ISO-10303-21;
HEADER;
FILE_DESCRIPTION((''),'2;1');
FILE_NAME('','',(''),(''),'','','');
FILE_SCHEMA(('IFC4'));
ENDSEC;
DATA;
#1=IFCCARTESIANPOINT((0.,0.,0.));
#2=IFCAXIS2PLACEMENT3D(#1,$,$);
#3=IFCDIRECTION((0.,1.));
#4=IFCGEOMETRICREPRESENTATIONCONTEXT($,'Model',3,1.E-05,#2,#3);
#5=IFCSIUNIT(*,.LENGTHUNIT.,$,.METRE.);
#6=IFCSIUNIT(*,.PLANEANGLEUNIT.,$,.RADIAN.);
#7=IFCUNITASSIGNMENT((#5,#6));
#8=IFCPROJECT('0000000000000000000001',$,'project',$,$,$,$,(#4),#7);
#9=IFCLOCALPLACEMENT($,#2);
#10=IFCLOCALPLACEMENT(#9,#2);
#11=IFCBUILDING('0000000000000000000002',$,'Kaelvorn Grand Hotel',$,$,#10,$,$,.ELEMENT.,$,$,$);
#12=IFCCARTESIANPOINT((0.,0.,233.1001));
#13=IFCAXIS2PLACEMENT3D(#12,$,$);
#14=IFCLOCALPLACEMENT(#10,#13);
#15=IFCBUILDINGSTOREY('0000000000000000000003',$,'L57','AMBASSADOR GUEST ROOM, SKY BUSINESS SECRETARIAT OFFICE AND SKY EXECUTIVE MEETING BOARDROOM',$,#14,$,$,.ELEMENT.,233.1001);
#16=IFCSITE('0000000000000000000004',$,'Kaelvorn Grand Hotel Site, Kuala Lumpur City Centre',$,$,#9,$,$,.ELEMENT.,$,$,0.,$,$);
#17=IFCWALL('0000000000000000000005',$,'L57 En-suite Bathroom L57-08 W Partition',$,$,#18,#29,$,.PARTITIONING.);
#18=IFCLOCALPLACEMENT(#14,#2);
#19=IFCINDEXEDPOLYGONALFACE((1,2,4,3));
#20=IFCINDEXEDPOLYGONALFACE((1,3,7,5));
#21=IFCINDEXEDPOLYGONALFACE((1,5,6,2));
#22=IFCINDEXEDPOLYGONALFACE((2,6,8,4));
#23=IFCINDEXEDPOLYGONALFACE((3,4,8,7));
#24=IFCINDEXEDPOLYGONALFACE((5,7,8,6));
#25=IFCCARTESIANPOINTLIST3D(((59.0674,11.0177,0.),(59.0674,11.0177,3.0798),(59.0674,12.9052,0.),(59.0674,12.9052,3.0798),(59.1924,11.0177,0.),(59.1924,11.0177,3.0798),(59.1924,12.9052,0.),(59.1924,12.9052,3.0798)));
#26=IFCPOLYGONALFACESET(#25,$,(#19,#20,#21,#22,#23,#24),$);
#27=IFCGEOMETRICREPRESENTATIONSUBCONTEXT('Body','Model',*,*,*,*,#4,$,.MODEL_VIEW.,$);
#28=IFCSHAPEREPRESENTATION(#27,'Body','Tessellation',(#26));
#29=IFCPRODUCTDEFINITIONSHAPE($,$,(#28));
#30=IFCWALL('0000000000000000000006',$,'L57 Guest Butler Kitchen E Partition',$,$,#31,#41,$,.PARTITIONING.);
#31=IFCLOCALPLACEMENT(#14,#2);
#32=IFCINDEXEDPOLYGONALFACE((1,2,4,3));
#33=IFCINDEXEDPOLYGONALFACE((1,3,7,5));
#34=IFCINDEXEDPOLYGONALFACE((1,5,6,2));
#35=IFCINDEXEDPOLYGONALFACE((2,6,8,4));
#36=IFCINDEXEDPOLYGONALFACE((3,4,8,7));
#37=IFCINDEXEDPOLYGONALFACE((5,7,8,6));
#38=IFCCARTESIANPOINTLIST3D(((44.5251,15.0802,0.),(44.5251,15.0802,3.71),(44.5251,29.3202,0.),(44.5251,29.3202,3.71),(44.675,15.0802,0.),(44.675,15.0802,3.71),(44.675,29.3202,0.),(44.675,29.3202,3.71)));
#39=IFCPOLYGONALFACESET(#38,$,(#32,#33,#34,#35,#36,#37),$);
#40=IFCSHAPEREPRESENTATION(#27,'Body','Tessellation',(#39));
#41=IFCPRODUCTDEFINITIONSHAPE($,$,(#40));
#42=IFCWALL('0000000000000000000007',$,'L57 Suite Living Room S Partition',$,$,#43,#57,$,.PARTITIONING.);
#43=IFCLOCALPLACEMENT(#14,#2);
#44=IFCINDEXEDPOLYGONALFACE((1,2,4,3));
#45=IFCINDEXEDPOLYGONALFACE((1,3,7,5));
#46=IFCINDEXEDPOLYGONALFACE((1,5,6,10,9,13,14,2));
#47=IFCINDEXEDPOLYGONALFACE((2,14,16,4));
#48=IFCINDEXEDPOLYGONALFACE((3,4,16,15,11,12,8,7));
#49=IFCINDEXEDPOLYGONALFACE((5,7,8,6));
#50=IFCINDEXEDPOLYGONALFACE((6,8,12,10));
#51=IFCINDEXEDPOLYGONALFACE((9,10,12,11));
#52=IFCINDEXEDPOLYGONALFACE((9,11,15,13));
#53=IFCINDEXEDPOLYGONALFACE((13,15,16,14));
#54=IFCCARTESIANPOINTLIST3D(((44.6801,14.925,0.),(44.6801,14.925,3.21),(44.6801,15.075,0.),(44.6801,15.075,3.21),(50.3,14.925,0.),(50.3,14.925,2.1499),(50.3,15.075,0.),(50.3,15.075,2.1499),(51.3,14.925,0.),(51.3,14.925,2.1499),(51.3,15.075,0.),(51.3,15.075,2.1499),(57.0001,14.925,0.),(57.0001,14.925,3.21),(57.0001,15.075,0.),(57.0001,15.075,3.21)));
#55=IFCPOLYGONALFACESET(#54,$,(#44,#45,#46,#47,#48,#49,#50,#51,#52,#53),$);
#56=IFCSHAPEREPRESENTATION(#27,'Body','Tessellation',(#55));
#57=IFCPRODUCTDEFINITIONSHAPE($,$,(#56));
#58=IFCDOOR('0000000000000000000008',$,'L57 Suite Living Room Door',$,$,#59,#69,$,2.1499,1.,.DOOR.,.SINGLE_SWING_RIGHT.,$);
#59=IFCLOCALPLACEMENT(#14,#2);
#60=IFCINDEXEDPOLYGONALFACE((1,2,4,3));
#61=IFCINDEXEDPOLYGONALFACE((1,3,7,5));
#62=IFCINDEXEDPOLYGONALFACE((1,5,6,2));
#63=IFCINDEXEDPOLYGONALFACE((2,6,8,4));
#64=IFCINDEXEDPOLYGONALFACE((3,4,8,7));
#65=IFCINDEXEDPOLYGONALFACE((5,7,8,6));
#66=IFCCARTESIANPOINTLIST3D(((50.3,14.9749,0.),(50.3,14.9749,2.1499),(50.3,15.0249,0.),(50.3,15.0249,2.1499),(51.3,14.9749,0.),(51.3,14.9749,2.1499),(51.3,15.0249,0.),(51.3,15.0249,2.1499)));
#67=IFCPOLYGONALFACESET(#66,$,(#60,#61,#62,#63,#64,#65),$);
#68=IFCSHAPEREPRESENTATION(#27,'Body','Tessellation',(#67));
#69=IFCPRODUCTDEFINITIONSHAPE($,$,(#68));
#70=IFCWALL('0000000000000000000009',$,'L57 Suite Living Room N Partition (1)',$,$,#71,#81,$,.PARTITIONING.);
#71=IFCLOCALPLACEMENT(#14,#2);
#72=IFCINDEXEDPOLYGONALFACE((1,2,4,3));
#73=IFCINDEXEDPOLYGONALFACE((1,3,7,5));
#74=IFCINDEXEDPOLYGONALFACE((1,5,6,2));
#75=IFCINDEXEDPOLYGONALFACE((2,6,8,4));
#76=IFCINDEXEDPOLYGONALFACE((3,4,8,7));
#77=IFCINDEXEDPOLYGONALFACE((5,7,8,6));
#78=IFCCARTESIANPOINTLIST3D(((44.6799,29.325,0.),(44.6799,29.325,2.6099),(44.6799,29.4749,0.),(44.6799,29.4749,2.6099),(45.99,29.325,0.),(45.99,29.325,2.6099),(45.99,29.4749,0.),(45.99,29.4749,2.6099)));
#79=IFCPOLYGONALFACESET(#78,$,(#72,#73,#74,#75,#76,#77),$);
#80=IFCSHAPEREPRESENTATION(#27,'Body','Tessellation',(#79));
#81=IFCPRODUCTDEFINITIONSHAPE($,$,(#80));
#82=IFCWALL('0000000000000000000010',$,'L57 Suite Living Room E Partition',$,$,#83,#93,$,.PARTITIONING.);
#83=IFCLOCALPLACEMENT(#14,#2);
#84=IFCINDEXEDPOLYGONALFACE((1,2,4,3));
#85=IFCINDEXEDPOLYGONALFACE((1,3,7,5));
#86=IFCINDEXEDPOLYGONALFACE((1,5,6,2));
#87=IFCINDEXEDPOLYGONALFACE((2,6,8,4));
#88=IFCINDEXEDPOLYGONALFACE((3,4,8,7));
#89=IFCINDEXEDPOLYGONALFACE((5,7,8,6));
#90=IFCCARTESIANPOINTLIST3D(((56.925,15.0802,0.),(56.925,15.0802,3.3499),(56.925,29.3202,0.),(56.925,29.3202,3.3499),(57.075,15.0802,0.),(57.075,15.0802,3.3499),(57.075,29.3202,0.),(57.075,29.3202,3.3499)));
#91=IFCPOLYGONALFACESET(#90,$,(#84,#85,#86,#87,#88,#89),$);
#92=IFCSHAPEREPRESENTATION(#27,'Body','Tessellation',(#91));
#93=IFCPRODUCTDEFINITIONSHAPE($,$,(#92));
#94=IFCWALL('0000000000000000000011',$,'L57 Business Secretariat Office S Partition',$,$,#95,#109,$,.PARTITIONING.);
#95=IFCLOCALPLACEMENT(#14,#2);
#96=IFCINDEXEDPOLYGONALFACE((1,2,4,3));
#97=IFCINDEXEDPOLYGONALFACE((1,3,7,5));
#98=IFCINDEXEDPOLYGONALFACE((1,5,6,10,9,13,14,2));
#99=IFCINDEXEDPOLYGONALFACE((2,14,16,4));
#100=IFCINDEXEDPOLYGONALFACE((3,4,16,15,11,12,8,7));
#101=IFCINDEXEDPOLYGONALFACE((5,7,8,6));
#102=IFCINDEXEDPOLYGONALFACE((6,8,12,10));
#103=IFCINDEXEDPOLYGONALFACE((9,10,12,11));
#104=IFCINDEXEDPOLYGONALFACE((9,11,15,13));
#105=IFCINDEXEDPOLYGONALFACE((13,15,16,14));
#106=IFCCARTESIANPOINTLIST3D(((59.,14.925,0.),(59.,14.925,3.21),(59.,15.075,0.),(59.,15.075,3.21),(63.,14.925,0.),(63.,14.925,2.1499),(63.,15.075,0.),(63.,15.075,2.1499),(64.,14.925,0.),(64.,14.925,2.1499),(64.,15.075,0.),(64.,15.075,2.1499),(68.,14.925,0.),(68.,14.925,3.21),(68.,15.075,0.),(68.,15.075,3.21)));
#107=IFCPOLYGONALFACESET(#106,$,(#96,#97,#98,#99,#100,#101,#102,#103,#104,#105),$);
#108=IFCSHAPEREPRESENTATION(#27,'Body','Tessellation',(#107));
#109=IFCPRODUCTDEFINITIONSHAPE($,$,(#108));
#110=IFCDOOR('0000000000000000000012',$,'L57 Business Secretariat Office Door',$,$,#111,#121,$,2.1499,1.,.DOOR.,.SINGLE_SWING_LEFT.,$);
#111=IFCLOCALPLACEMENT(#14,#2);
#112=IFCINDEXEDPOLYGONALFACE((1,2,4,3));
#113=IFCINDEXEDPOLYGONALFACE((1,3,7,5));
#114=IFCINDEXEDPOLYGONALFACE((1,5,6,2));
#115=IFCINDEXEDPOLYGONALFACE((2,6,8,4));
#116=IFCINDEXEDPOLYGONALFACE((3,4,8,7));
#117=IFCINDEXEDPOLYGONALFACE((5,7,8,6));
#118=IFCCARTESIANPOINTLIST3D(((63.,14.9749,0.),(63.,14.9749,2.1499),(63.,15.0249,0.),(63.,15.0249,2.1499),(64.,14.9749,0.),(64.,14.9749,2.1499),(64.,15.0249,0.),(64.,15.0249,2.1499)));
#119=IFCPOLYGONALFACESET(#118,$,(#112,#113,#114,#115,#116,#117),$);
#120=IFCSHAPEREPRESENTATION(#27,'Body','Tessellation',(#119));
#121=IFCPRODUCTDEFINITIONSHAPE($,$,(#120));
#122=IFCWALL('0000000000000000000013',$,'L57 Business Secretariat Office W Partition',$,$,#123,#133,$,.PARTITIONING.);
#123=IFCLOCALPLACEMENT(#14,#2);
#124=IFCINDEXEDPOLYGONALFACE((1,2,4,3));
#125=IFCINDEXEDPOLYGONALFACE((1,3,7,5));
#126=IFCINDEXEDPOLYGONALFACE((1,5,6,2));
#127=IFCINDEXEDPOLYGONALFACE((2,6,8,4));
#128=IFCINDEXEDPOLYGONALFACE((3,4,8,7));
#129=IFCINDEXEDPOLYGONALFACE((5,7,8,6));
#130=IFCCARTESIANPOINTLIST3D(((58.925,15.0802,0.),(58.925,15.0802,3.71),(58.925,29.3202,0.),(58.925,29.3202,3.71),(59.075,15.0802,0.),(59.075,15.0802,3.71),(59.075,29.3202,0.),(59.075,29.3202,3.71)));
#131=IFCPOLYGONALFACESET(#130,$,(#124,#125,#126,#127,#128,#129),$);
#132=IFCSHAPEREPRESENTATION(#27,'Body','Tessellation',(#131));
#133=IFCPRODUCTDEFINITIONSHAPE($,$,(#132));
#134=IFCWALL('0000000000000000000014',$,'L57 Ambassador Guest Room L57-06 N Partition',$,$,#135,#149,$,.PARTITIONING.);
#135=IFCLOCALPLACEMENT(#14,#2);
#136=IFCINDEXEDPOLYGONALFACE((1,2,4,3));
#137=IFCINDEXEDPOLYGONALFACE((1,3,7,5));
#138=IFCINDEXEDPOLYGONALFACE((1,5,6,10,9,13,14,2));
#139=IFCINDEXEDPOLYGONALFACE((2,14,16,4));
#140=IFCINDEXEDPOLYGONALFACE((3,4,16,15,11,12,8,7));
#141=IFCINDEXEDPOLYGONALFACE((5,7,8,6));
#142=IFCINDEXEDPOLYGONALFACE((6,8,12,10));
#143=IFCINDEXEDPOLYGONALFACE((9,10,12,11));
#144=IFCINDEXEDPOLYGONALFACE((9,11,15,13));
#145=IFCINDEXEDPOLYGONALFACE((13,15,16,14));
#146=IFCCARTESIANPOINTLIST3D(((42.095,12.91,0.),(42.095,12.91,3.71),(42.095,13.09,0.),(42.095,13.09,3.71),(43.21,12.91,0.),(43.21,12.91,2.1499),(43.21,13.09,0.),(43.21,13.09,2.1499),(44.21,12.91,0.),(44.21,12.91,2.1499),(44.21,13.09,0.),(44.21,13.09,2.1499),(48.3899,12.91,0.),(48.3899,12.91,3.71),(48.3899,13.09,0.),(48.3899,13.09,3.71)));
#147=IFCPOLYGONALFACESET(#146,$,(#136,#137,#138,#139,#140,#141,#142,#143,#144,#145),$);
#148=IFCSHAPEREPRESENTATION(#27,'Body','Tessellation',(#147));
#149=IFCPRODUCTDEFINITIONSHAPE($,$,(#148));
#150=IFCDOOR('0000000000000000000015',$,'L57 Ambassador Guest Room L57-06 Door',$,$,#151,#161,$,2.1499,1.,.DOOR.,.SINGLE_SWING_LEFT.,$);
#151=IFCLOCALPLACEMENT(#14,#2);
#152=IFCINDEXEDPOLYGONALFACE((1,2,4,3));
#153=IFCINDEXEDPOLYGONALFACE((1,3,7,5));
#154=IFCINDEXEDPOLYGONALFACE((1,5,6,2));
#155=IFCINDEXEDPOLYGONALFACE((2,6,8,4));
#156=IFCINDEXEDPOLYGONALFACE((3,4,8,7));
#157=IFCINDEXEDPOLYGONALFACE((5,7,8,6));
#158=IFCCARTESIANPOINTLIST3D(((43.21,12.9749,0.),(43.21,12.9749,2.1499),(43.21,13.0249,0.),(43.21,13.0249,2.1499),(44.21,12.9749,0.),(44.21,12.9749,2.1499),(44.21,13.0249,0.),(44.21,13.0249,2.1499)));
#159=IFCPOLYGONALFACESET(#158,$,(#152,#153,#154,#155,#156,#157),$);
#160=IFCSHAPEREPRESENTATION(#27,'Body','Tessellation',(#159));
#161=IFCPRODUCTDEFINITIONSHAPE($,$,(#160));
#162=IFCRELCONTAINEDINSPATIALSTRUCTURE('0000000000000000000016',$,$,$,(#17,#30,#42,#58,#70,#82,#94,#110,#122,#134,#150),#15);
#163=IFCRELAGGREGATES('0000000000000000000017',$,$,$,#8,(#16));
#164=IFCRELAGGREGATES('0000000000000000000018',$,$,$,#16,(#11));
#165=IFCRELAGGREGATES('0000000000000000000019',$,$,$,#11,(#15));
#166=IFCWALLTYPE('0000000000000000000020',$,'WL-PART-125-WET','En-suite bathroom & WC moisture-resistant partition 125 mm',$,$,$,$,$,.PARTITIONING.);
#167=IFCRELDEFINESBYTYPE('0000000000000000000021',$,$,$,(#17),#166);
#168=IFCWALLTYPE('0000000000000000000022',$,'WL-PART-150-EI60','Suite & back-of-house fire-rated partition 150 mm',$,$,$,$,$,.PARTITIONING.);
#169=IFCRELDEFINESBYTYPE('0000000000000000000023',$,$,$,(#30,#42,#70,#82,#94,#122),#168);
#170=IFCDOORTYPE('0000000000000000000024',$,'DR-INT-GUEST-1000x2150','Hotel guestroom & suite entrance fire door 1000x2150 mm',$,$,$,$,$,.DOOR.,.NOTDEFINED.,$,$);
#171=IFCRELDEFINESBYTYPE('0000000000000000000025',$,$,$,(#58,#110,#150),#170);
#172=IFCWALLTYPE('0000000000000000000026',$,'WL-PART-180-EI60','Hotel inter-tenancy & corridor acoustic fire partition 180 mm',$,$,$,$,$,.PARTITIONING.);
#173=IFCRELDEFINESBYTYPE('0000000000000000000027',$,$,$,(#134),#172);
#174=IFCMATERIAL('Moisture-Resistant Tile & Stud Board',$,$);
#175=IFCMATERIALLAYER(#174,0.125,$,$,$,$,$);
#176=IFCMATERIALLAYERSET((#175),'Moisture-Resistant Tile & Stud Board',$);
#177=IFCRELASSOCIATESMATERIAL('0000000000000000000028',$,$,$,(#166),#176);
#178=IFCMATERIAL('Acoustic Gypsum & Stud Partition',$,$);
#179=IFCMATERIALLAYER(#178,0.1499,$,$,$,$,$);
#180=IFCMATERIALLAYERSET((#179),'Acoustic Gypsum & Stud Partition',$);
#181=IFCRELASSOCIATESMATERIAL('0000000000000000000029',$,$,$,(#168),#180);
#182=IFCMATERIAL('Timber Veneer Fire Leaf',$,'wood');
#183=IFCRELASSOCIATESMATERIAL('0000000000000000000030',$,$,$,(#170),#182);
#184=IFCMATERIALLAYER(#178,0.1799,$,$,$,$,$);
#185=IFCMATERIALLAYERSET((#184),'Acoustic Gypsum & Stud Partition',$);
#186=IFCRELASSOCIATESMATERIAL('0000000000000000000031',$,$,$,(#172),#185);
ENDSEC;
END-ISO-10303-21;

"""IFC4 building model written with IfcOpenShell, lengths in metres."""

from ifc_helpers import new_model, si_unit, direction, frame, frame_2d, origin, place, context, subcontext, project, spatial, rectangle, extrude, material, layer, layer_set, type_object, element, fill, save


model = new_model("IFC4")

# Units and contexts
model_context = context("Model", 3, precision=1e-05, world=origin(), true_north=direction((0.0, 1.0)))
body_context = subcontext(model_context, "Body", "Model", "MODEL_VIEW")
ifc_project = project(units=[si_unit("LENGTHUNIT", "METRE"), si_unit("PLANEANGLEUNIT", "RADIAN")], contexts=[model_context])

# Site, building, storey
site_placement = place(None, origin())
site = spatial("IfcSite", under=ifc_project, at=site_placement, Name="Kaelvorn Grand Hotel Site, Kuala Lumpur City Centre", CompositionType="ELEMENT", RefElevation=0.0)
building_placement = place(site_placement, origin())
building = spatial("IfcBuilding", under=site, at=building_placement, Name="Kaelvorn Grand Hotel", CompositionType="ELEMENT")
storey_placement = place(building_placement, frame((0.0, 0.0, 233.1001)))
storey = spatial("IfcBuildingStorey", under=building, at=storey_placement, Name="L57", Description="AMBASSADOR GUEST ROOM, SKY BUSINESS SECRETARIAT OFFICE AND SKY EXECUTIVE MEETING BOARDROOM", CompositionType="ELEMENT", Elevation=233.1001)

# Walls
ifc_material_1 = material(Name="Moisture-Resistant Tile & Stud Board")
ifc_layer_1 = layer(ifc_material_1, 0.125)
ifc_layer_set_1 = layer_set([ifc_layer_1], Name="Moisture-Resistant Tile & Stud Board")
wall_type_1 = type_object("IfcWallType", Name="WL-PART-125-WET", Description="En-suite bathroom & WC moisture-resistant partition 125 mm", PredefinedType="PARTITIONING", material=ifc_layer_set_1)
wall_1_placement = place(storey_placement, frame((59.1299, 11.0176, 0.0), z_axis=(0.0, 0.0, 1.0), x_axis=(0.0, 1.0, 0.0)))
element("IfcWall", 1, at=wall_1_placement, inside=storey, type_object=wall_type_1, Name="L57 En-suite Bathroom L57-08 W Partition", PredefinedType="PARTITIONING", context=body_context, shape_type="SweptSolid", body=[
    extrude(rectangle(XDim=1.8875, YDim=0.125, at=frame_2d((0.9438, 0.0))), origin(), (0.0, 0.0, 1.0), 3.0798),
])
ifc_material_2 = material(Name="Acoustic Gypsum & Stud Partition")
ifc_layer_2 = layer(ifc_material_2, 0.1499)
ifc_layer_set_2 = layer_set([ifc_layer_2], Name="Acoustic Gypsum & Stud Partition")
wall_type_2 = type_object("IfcWallType", Name="WL-PART-150-EI60", Description="Suite & back-of-house fire-rated partition 150 mm", PredefinedType="PARTITIONING", material=ifc_layer_set_2)
wall_2_placement = place(storey_placement, frame((44.6001, 15.0801, 0.0), z_axis=(0.0, 0.0, 1.0), x_axis=(0.0, 1.0, 0.0)))
element("IfcWall", 2, at=wall_2_placement, inside=storey, type_object=wall_type_2, Name="L57 Guest Butler Kitchen E Partition", PredefinedType="PARTITIONING", context=body_context, shape_type="SweptSolid", body=[
    extrude(rectangle(XDim=14.24, YDim=0.1499, at=frame_2d((7.1201, 0.0))), origin(), (0.0, 0.0, 1.0), 3.71),
])

# Wall, opening, door
wall_3_placement = place(storey_placement, frame((44.6799, 15.0, 0.0), z_axis=(0.0, 0.0, 1.0), x_axis=(1.0, 0.0, 0.0)))
wall_3 = element("IfcWall", 3, at=wall_3_placement, inside=storey, type_object=wall_type_2, Name="L57 Suite Living Room S Partition", PredefinedType="PARTITIONING", context=body_context, shape_type="SweptSolid", body=[
    extrude(rectangle(XDim=12.3201, YDim=0.1499, at=frame_2d((6.1602, 0.0))), origin(), (0.0, 0.0, 1.0), 3.21),
])
opening_1_placement = place(wall_3_placement, frame((5.6201, 0.0, 0.0)))
opening_1 = element("IfcOpeningElement", 4, at=opening_1_placement, cuts=wall_3, PredefinedType="OPENING", context=body_context, shape_type="SweptSolid", body=[
    extrude(rectangle(XDim=1.0, YDim=2.1499, at=frame_2d((0.5, 1.075))), frame((0.0, 0.085, 0.0), z_axis=(0.0, -1.0, 0.0), x_axis=(1.0, 0.0, 0.0)), (0.0, 0.0, 1.0), 0.1699),
])
ifc_material_3 = material(Name="Timber Veneer Fire Leaf", Category="wood")
door_type = type_object("IfcDoorType", Name="DR-INT-GUEST-1000x2150", Description="Hotel guestroom & suite entrance fire door 1000x2150 mm", OperationType="NOTDEFINED", PredefinedType="DOOR", material=ifc_material_3)
door_1_placement = place(opening_1_placement, origin())
door_1 = element("IfcDoor", 5, at=door_1_placement, inside=storey, type_object=door_type, Name="L57 Suite Living Room Door", OperationType="SINGLE_SWING_RIGHT", OverallHeight=2.1499, OverallWidth=1.0, PredefinedType="DOOR", context=body_context, shape_type="SweptSolid", body=[
    extrude(rectangle(XDim=1.0, YDim=2.1499, at=frame_2d((0.5, 1.075))), frame((0.0, 0.0249, 0.0), z_axis=(0.0, -1.0, 0.0), x_axis=(1.0, 0.0, 0.0)), (0.0, 0.0, 1.0), 0.05),
])
fill(opening_1, door_1)

# Walls
wall_4_placement = place(storey_placement, frame((44.6799, 29.3999, 0.0), z_axis=(0.0, 0.0, 1.0), x_axis=(1.0, 0.0, 0.0)))
element("IfcWall", 6, at=wall_4_placement, inside=storey, type_object=wall_type_2, Name="L57 Suite Living Room N Partition (1)", PredefinedType="PARTITIONING", context=body_context, shape_type="SweptSolid", body=[
    extrude(rectangle(XDim=1.3101, YDim=0.1499, at=frame_2d((0.655, 0.0))), origin(), (0.0, 0.0, 1.0), 2.6099),
])
wall_5_placement = place(storey_placement, frame((57.0, 15.0801, 0.0), z_axis=(0.0, 0.0, 1.0), x_axis=(0.0, 1.0, 0.0)))
element("IfcWall", 7, at=wall_5_placement, inside=storey, type_object=wall_type_2, Name="L57 Suite Living Room E Partition", PredefinedType="PARTITIONING", context=body_context, shape_type="SweptSolid", body=[
    extrude(rectangle(XDim=14.24, YDim=0.1499, at=frame_2d((7.1201, 0.0))), origin(), (0.0, 0.0, 1.0), 3.3499),
])

# Wall, opening, door
wall_6_placement = place(storey_placement, frame((59.0, 15.0, 0.0), z_axis=(0.0, 0.0, 1.0), x_axis=(1.0, 0.0, 0.0)))
wall_6 = element("IfcWall", 8, at=wall_6_placement, inside=storey, type_object=wall_type_2, Name="L57 Business Secretariat Office S Partition", PredefinedType="PARTITIONING", context=body_context, shape_type="SweptSolid", body=[
    extrude(rectangle(XDim=9.0, YDim=0.1499, at=frame_2d((4.5, 0.0))), origin(), (0.0, 0.0, 1.0), 3.21),
])
opening_2_placement = place(wall_6_placement, frame((4.0, 0.0, 0.0)))
opening_2 = element("IfcOpeningElement", 9, at=opening_2_placement, cuts=wall_6, PredefinedType="OPENING", context=body_context, shape_type="SweptSolid", body=[
    extrude(rectangle(XDim=1.0, YDim=2.1499, at=frame_2d((0.5, 1.075))), frame((0.0, 0.085, 0.0), z_axis=(0.0, -1.0, 0.0), x_axis=(1.0, 0.0, 0.0)), (0.0, 0.0, 1.0), 0.1699),
])
door_2_placement = place(opening_2_placement, origin())
door_2 = element("IfcDoor", 10, at=door_2_placement, inside=storey, type_object=door_type, Name="L57 Business Secretariat Office Door", OperationType="SINGLE_SWING_LEFT", OverallHeight=2.1499, OverallWidth=1.0, PredefinedType="DOOR", context=body_context, shape_type="SweptSolid", body=[
    extrude(rectangle(XDim=1.0, YDim=2.1499, at=frame_2d((0.5, 1.075))), frame((0.0, 0.0249, 0.0), z_axis=(0.0, -1.0, 0.0), x_axis=(1.0, 0.0, 0.0)), (0.0, 0.0, 1.0), 0.05),
])
fill(opening_2, door_2)

# Wall
wall_7_placement = place(storey_placement, frame((59.0, 15.0801, 0.0), z_axis=(0.0, 0.0, 1.0), x_axis=(0.0, 1.0, 0.0)))
element("IfcWall", 11, at=wall_7_placement, inside=storey, type_object=wall_type_2, Name="L57 Business Secretariat Office W Partition", PredefinedType="PARTITIONING", context=body_context, shape_type="SweptSolid", body=[
    extrude(rectangle(XDim=14.24, YDim=0.1499, at=frame_2d((7.1201, 0.0))), origin(), (0.0, 0.0, 1.0), 3.71),
])

# Wall, opening, door
ifc_layer_3 = layer(ifc_material_2, 0.1799)
ifc_layer_set_3 = layer_set([ifc_layer_3], Name="Acoustic Gypsum & Stud Partition")
wall_type_3 = type_object("IfcWallType", Name="WL-PART-180-EI60", Description="Hotel inter-tenancy & corridor acoustic fire partition 180 mm", PredefinedType="PARTITIONING", material=ifc_layer_set_3)
wall_8_placement = place(storey_placement, frame((42.095, 13.0, 0.0), z_axis=(0.0, 0.0, 1.0), x_axis=(1.0, 0.0, 0.0)))
wall_8 = element("IfcWall", 12, at=wall_8_placement, inside=storey, type_object=wall_type_3, Name="L57 Ambassador Guest Room L57-06 N Partition", PredefinedType="PARTITIONING", context=body_context, shape_type="SweptSolid", body=[
    extrude(rectangle(XDim=6.2949, YDim=0.1799, at=frame_2d((3.1475, 0.0))), origin(), (0.0, 0.0, 1.0), 3.71),
])
opening_3_placement = place(wall_8_placement, frame((1.115, 0.0, 0.0)))
opening_3 = element("IfcOpeningElement", 13, at=opening_3_placement, cuts=wall_8, PredefinedType="OPENING", context=body_context, shape_type="SweptSolid", body=[
    extrude(rectangle(XDim=1.0, YDim=2.1499, at=frame_2d((0.5, 1.075))), frame((0.0, 0.1001, 0.0), z_axis=(0.0, -1.0, 0.0), x_axis=(1.0, 0.0, 0.0)), (0.0, 0.0, 1.0), 0.2),
])
door_3_placement = place(opening_3_placement, origin())
door_3 = element("IfcDoor", 14, at=door_3_placement, inside=storey, type_object=door_type, Name="L57 Ambassador Guest Room L57-06 Door", OperationType="SINGLE_SWING_LEFT", OverallHeight=2.1499, OverallWidth=1.0, PredefinedType="DOOR", context=body_context, shape_type="SweptSolid", body=[
    extrude(rectangle(XDim=1.0, YDim=2.1499, at=frame_2d((0.5, 1.075))), frame((0.0, 0.0249, 0.0), z_axis=(0.0, -1.0, 0.0), x_axis=(1.0, 0.0, 0.0)), (0.0, 0.0, 1.0), 0.05),
])
fill(opening_3, door_3)

save(model, "model.ifc")
